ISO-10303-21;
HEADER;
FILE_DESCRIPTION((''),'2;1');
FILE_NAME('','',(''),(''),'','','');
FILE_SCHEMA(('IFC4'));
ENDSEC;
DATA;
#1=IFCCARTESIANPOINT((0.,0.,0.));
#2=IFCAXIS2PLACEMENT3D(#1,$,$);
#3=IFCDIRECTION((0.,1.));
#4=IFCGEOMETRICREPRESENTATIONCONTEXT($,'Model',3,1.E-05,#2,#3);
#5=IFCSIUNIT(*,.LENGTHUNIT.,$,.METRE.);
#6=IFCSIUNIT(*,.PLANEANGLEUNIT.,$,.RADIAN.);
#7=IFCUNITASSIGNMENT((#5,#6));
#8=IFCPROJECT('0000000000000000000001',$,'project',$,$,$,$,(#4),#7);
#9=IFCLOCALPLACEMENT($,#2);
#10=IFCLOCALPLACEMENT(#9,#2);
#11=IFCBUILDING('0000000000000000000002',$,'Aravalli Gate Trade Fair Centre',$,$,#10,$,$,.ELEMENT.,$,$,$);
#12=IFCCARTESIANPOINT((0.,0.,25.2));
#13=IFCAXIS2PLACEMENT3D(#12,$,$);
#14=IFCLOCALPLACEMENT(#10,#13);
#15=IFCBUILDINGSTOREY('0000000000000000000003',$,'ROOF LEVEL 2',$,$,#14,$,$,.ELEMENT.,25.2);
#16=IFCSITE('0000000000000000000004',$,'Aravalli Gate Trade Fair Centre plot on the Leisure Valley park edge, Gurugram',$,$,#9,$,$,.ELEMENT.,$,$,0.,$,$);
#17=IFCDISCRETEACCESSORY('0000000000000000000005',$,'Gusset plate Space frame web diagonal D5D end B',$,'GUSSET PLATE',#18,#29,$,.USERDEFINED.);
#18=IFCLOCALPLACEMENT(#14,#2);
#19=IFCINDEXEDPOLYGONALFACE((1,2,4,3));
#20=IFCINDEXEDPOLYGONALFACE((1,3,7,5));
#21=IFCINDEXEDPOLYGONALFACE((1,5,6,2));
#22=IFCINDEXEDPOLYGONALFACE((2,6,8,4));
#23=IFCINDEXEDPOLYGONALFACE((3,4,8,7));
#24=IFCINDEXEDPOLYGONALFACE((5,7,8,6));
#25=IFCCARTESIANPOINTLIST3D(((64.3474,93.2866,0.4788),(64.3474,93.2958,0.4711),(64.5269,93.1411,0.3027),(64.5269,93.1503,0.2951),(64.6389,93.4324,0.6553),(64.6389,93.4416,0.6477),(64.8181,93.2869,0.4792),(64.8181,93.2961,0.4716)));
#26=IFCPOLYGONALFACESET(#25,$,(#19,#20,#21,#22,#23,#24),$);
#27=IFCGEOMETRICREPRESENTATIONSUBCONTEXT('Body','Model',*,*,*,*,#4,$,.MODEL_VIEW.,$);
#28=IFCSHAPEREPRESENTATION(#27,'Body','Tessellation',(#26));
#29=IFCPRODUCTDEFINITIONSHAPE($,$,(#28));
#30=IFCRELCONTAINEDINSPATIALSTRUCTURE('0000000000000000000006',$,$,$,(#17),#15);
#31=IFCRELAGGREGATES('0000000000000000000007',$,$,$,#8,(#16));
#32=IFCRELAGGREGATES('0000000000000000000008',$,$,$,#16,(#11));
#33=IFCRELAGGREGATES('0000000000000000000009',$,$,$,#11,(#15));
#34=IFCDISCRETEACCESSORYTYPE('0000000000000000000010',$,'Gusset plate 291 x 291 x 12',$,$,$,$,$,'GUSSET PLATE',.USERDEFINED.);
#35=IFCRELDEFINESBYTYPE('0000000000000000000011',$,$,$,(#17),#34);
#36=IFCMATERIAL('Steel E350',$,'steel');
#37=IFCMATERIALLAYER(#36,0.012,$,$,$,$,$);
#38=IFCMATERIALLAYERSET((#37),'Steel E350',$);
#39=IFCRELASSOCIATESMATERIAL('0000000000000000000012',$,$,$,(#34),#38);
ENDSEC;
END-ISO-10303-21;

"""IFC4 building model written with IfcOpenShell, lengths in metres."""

from ifc_helpers import new_model, si_unit, direction, frame, origin, place, context, subcontext, project, spatial, polyline, outline, extrude, material, layer, layer_set, type_object, element, save


model = new_model("IFC4")

# Units and contexts
model_context = context("Model", 3, precision=1e-05, world=origin(), true_north=direction((0.0, 1.0)))
body_context = subcontext(model_context, "Body", "Model", "MODEL_VIEW")
ifc_project = project(units=[si_unit("LENGTHUNIT", "METRE"), si_unit("PLANEANGLEUNIT", "RADIAN")], contexts=[model_context])

# Site, building, storey
site_placement = place(None, origin())
site = spatial("IfcSite", under=ifc_project, at=site_placement, Name="Aravalli Gate Trade Fair Centre plot on the Leisure Valley park edge, Gurugram", CompositionType="ELEMENT", RefElevation=0.0)
building_placement = place(site_placement, origin())
building = spatial("IfcBuilding", under=site, at=building_placement, Name="Aravalli Gate Trade Fair Centre", CompositionType="ELEMENT")
storey_placement = place(building_placement, frame((0.0, 0.0, 25.2)))
storey = spatial("IfcBuildingStorey", under=building, at=storey_placement, Name="ROOF LEVEL 2", CompositionType="ELEMENT", Elevation=25.2)

# Shared definitions
ifc_material = material(Name="Steel E350", Category="steel")

# Discrete accessory
ifc_layer = layer(ifc_material, 0.012)
ifc_layer_set = layer_set([ifc_layer], Name="Steel E350")
discrete_accessory_type = type_object("IfcDiscreteAccessoryType", Name="Gusset plate 291 x 291 x 12", ElementType="GUSSET PLATE", PredefinedType="USERDEFINED", material=ifc_layer_set)
discrete_accessory_1_placement = place(storey_placement, frame((64.6389, 93.4324, 0.6553), z_axis=(-0.000261, -0.770887, 0.636972), x_axis=(-0.786484, -0.393242, -0.476238)))
element("IfcDiscreteAccessory", 1, at=discrete_accessory_1_placement, inside=storey, type_object=discrete_accessory_type, Name="Gusset plate Space frame web diagonal D5D end B", ObjectType="GUSSET PLATE", PredefinedType="USERDEFINED", context=body_context, shape_type="SweptSolid", body=[
    extrude(outline(polyline([(0.0, 0.0), (0.3706, 0.0), (0.3706, 0.2904), (0.0001, 0.2903), (0.0, 0.0)])), origin(), (0.0, 0.0, -1.0), 0.012),
])

save(model, "model.ifc")
